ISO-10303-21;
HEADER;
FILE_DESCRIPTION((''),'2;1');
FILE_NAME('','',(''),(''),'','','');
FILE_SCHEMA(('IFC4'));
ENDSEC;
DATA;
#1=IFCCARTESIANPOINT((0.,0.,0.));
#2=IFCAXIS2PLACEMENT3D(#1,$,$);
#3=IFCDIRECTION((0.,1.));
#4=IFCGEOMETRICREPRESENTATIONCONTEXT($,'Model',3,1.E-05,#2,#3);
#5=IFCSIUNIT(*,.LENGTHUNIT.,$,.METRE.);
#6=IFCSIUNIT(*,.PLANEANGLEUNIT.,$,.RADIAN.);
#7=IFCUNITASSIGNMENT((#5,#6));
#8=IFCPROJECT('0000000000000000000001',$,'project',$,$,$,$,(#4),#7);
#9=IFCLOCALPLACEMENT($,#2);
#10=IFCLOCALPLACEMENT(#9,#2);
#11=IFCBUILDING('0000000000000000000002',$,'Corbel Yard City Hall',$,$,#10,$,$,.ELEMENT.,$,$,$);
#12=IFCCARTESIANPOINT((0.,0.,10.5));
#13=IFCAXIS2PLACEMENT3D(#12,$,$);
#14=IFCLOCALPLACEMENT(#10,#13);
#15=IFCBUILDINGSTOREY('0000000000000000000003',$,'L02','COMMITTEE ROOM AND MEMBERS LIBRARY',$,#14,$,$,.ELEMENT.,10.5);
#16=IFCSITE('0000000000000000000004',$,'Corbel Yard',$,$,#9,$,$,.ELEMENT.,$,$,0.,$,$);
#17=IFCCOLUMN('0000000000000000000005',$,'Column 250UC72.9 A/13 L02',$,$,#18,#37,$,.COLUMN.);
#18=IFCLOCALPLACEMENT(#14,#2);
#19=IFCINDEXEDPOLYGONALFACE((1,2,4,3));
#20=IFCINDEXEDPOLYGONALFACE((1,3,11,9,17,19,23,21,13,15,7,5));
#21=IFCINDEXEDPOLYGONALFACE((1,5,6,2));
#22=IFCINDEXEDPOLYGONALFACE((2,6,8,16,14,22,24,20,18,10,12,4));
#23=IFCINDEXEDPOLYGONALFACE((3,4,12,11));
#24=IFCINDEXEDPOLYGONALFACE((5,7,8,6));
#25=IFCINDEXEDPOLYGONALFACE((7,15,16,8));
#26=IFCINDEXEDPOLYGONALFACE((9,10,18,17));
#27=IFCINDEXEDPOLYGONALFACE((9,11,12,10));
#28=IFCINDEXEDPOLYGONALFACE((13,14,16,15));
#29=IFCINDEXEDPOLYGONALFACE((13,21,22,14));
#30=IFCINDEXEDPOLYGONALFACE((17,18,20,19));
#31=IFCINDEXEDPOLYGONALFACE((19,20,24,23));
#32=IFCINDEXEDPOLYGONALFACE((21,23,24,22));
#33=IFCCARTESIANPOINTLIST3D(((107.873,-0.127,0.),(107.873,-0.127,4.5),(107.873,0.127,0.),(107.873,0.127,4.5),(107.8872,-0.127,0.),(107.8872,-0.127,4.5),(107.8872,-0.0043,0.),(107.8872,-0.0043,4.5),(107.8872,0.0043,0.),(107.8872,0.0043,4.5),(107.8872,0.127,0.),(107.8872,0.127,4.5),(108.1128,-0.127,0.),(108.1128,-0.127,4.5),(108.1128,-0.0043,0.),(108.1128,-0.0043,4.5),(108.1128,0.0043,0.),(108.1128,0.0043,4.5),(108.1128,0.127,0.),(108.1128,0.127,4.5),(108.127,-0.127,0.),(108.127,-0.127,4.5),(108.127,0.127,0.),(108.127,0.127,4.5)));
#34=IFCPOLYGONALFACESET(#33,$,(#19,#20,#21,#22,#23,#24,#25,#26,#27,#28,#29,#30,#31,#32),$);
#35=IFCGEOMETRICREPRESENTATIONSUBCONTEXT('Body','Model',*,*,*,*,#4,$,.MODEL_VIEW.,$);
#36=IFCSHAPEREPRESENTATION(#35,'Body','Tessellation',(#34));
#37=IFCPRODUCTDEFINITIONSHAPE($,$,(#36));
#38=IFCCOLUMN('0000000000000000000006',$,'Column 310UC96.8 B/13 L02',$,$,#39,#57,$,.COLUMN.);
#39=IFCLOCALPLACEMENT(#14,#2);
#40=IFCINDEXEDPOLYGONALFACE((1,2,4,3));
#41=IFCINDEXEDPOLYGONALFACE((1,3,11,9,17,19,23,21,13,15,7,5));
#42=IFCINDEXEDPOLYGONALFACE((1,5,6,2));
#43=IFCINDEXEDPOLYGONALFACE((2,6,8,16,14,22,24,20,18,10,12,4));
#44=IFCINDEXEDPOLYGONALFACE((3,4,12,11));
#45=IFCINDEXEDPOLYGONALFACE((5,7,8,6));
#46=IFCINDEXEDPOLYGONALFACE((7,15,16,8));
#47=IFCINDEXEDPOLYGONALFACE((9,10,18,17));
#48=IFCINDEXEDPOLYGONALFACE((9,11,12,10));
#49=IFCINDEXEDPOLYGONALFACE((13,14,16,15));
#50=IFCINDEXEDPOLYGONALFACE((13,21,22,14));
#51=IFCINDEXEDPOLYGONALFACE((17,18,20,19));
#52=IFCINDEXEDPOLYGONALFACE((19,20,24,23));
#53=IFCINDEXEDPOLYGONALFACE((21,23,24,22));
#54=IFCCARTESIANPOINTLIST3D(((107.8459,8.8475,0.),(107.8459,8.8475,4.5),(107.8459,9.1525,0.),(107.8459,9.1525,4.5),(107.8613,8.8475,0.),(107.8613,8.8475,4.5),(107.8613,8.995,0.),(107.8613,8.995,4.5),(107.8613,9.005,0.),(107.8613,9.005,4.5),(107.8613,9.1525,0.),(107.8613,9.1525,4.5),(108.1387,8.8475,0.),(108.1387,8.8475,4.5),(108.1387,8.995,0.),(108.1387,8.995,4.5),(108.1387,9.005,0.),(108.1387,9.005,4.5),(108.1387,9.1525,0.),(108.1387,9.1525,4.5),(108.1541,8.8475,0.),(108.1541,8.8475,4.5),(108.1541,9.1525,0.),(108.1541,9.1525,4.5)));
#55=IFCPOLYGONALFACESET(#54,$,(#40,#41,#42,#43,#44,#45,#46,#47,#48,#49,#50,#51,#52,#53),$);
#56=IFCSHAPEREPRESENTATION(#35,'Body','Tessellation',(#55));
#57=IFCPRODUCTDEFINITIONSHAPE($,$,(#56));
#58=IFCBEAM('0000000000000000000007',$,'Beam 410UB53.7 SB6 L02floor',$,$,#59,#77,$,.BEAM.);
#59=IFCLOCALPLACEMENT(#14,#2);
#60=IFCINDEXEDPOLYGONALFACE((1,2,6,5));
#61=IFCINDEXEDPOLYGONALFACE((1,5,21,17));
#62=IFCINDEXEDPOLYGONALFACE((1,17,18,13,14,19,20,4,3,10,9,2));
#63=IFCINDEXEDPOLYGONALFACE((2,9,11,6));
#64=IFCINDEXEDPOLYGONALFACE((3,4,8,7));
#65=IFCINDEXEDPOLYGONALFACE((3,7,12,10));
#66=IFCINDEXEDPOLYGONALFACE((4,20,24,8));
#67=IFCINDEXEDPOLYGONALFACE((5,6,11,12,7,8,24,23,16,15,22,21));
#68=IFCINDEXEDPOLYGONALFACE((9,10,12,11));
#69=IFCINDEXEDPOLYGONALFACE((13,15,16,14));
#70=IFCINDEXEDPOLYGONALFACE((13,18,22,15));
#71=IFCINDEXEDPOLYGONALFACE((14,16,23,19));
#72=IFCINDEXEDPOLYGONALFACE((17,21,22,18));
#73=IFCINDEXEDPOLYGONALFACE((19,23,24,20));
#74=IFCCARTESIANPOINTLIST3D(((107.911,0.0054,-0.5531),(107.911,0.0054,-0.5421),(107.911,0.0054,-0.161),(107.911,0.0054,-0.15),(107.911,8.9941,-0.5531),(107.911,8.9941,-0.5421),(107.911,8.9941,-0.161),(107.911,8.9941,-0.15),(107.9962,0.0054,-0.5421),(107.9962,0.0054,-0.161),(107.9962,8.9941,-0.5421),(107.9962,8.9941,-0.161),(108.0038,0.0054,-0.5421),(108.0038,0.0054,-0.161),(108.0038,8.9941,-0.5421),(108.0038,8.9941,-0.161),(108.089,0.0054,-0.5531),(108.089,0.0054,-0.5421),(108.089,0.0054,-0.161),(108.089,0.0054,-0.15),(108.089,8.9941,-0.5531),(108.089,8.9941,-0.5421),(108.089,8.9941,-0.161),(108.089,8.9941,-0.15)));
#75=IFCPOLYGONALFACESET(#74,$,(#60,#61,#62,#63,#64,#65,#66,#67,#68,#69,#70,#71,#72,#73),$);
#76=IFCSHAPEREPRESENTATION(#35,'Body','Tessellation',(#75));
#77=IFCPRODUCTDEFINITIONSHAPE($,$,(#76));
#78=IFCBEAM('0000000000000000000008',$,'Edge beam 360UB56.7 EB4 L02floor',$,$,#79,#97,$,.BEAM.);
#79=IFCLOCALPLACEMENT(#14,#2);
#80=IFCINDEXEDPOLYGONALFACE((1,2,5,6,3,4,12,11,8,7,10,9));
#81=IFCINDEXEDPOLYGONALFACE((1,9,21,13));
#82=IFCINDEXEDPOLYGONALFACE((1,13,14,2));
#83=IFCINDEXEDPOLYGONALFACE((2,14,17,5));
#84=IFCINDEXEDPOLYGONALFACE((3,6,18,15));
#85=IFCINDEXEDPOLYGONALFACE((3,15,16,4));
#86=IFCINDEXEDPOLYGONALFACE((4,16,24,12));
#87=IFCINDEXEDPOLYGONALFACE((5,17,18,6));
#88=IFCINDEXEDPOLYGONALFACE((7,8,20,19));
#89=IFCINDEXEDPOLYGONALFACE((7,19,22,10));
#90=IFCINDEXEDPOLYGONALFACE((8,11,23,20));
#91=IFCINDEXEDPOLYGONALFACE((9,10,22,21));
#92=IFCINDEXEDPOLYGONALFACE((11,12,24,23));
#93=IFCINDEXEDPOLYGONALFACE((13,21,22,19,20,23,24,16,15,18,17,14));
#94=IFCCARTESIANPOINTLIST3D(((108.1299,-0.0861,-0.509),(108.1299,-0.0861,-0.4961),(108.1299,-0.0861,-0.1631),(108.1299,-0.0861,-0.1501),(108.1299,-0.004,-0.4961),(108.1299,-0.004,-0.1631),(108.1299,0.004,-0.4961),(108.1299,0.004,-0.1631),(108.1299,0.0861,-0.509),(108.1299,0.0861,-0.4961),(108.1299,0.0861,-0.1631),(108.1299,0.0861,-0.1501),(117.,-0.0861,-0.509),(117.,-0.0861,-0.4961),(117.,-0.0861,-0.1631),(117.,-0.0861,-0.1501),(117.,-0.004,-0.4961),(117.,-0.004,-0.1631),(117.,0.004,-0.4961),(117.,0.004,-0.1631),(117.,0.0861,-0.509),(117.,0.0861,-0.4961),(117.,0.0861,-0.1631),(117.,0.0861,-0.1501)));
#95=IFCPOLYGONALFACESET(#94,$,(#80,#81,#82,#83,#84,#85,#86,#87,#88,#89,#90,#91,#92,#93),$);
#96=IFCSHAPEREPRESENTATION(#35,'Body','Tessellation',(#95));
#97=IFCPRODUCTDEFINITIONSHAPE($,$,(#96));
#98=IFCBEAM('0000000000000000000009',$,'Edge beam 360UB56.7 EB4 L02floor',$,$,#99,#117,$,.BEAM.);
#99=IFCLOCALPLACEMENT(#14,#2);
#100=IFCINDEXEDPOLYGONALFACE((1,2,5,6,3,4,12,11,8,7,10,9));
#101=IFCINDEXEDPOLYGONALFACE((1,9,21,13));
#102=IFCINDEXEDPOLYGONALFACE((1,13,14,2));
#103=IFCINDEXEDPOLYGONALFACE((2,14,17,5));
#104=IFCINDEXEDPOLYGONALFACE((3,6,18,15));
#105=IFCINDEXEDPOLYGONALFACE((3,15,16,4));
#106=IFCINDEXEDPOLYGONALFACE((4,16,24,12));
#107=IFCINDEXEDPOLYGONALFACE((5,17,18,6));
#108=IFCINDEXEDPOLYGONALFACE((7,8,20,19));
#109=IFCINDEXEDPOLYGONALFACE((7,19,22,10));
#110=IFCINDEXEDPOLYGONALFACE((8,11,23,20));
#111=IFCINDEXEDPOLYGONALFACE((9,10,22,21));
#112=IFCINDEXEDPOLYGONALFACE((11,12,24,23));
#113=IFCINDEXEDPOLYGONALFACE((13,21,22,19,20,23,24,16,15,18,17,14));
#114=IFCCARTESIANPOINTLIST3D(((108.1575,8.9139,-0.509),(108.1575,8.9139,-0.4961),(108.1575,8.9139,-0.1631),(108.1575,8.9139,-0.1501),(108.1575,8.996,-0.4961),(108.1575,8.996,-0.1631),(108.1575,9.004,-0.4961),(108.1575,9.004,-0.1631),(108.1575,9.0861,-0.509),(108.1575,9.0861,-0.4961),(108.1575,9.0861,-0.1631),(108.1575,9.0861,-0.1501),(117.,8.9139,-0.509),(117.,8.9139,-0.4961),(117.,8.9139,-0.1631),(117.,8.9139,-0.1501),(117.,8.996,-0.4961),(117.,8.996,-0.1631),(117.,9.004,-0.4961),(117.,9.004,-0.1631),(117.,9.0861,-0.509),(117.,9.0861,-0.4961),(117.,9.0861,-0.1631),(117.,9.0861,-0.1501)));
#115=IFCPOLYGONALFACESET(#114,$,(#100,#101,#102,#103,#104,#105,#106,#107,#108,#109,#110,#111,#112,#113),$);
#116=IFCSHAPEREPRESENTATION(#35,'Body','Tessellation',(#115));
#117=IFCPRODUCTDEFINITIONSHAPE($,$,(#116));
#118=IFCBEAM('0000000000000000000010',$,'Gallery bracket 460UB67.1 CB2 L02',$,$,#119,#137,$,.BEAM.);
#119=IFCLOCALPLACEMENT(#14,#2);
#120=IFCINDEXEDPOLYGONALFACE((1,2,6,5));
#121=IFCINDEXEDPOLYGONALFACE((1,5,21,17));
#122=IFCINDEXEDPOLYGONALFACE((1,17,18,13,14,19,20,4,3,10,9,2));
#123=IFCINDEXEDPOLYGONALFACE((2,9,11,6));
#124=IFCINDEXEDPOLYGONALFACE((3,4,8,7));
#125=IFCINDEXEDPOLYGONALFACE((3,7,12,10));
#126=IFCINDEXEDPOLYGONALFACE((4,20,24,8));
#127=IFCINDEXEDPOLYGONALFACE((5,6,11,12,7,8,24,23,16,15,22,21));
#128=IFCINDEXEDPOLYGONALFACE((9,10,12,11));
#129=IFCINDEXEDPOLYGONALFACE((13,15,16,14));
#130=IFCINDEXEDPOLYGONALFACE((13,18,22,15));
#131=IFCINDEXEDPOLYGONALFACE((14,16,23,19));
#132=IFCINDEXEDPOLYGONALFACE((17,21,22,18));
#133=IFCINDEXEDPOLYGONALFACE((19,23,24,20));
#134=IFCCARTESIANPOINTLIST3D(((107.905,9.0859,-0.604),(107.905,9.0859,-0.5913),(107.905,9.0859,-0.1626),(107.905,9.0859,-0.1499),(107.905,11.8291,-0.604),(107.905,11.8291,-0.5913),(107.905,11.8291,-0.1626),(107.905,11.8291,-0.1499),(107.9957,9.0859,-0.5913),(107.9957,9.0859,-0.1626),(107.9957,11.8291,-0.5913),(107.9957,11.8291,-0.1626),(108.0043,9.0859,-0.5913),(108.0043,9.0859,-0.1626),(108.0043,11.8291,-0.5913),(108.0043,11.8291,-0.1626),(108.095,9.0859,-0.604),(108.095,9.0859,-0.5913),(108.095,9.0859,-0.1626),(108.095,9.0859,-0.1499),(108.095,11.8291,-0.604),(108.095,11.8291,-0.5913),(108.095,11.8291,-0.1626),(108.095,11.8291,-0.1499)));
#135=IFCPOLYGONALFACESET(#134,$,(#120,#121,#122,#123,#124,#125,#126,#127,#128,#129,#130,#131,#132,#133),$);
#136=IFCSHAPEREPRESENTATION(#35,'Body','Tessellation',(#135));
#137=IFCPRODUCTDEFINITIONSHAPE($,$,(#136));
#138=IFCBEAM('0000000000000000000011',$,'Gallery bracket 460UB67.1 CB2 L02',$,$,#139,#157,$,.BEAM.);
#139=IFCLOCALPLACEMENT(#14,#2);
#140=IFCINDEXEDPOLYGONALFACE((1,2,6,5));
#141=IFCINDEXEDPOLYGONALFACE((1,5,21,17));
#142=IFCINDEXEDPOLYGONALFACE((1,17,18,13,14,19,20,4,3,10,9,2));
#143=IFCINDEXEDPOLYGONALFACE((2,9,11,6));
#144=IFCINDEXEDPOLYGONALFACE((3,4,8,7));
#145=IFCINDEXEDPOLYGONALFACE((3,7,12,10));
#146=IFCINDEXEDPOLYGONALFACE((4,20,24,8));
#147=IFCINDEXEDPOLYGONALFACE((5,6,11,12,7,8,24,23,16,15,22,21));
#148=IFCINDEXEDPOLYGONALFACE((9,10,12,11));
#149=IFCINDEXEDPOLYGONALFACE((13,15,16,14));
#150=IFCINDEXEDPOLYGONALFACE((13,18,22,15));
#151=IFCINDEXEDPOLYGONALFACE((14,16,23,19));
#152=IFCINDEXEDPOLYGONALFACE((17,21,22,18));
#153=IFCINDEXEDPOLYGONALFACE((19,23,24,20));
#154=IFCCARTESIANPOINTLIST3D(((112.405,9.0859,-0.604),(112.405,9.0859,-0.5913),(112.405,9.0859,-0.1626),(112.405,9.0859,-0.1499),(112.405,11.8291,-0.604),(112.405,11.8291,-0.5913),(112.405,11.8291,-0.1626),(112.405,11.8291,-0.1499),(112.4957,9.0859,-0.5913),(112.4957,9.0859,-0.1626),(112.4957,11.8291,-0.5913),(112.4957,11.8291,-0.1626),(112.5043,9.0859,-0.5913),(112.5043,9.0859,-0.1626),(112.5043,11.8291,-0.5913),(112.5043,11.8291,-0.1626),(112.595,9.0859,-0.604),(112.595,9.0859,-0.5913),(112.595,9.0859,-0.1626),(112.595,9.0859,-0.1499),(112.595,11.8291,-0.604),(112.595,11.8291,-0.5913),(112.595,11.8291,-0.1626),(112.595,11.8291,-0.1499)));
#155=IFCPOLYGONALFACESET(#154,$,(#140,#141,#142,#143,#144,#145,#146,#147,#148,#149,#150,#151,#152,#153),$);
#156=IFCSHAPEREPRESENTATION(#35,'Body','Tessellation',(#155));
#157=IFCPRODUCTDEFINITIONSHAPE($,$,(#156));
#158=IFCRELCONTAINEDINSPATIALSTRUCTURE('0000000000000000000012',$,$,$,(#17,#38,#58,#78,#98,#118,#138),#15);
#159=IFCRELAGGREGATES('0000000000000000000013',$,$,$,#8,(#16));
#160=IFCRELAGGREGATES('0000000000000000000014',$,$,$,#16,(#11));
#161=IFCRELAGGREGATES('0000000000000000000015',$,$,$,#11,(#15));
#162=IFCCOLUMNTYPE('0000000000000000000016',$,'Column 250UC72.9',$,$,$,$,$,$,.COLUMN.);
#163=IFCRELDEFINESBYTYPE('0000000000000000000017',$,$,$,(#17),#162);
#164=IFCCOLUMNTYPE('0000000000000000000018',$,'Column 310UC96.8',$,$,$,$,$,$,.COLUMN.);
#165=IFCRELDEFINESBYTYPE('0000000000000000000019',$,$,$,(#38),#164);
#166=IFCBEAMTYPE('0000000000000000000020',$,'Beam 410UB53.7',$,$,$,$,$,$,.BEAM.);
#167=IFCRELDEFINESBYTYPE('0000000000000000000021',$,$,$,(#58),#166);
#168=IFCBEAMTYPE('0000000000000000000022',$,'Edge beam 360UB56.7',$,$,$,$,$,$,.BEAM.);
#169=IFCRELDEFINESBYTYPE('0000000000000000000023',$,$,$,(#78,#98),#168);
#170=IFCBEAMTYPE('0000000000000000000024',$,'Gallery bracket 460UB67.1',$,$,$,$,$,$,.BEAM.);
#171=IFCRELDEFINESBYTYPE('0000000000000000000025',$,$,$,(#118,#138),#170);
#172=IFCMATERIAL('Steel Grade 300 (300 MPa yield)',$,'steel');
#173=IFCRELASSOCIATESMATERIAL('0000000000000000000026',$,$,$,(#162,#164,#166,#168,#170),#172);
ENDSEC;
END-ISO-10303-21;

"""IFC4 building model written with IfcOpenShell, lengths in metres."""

from ifc_helpers import new_model, si_unit, direction, frame, origin, origin_2d, place, context, subcontext, project, spatial, i_section, extrude, material, material_profile, profile_set, type_object, element, save


model = new_model("IFC4")

# Units and contexts
model_context = context("Model", 3, precision=1e-05, world=origin(), true_north=direction((0.0, 1.0)))
body_context = subcontext(model_context, "Body", "Model", "MODEL_VIEW")
ifc_project = project(units=[si_unit("LENGTHUNIT", "METRE"), si_unit("PLANEANGLEUNIT", "RADIAN")], contexts=[model_context])

# Site, building, storey
site_placement = place(None, origin())
site = spatial("IfcSite", under=ifc_project, at=site_placement, Name="Corbel Yard", CompositionType="ELEMENT", RefElevation=0.0)
building_placement = place(site_placement, origin())
building = spatial("IfcBuilding", under=site, at=building_placement, Name="Corbel Yard City Hall", CompositionType="ELEMENT")
storey_placement = place(building_placement, frame((0.0, 0.0, 10.5)))
storey = spatial("IfcBuildingStorey", under=building, at=storey_placement, Name="L02", Description="COMMITTEE ROOM AND MEMBERS LIBRARY", CompositionType="ELEMENT", Elevation=10.5)

# Columns
ifc_material_1 = material(Name="Steel Grade 300 (300 MPa yield)", Category="steel")
ifc_material_profile_1 = material_profile(ifc_material_1, i_section(OverallWidth=0.2539, OverallDepth=0.2539, WebThickness=0.0085, FlangeThickness=0.0142, at=origin_2d()), Name="250UC72.9")
ifc_profile_set_1 = profile_set([ifc_material_profile_1], Name="Steel Grade 300 (300 MPa yield)")
column_type_1 = type_object("IfcColumnType", Name="Column 250UC72.9", PredefinedType="COLUMN", material=ifc_profile_set_1)
column_1_placement = place(storey_placement, frame((108.0, 0.0, 0.0), z_axis=(0.0, 0.0, 1.0), x_axis=(0.0, 1.0, 0.0)))
element("IfcColumn", 1, at=column_1_placement, inside=storey, type_object=column_type_1, Name="Column 250UC72.9 A/13 L02", PredefinedType="COLUMN", context=body_context, shape_type="SweptSolid", body=[
    extrude(i_section(OverallWidth=0.2539, OverallDepth=0.2539, WebThickness=0.0085, FlangeThickness=0.0142, at=origin_2d()), origin(), (0.0, 0.0, 1.0), 4.5),
])
ifc_material_profile_2 = material_profile(ifc_material_1, i_section(OverallWidth=0.3049, OverallDepth=0.3081, WebThickness=0.01, FlangeThickness=0.0154, at=origin_2d()), Name="310UC96.8")
ifc_profile_set_2 = profile_set([ifc_material_profile_2], Name="Steel Grade 300 (300 MPa yield)")
column_type_2 = type_object("IfcColumnType", Name="Column 310UC96.8", PredefinedType="COLUMN", material=ifc_profile_set_2)
column_2_placement = place(storey_placement, frame((108.0, 9.0, 0.0), z_axis=(0.0, 0.0, 1.0), x_axis=(0.0, 1.0, 0.0)))
element("IfcColumn", 2, at=column_2_placement, inside=storey, type_object=column_type_2, Name="Column 310UC96.8 B/13 L02", PredefinedType="COLUMN", context=body_context, shape_type="SweptSolid", body=[
    extrude(i_section(OverallWidth=0.3049, OverallDepth=0.3081, WebThickness=0.01, FlangeThickness=0.0154, at=origin_2d()), origin(), (0.0, 0.0, 1.0), 4.5),
])

# Beams
ifc_material_profile_3 = material_profile(ifc_material_1, i_section(OverallWidth=0.178, OverallDepth=0.4031, WebThickness=0.0076, FlangeThickness=0.011, at=origin_2d()), Name="410UB53.7")
ifc_profile_set_3 = profile_set([ifc_material_profile_3], Name="Steel Grade 300 (300 MPa yield)")
beam_type_1 = type_object("IfcBeamType", Name="Beam 410UB53.7", PredefinedType="BEAM", material=ifc_profile_set_3)
beam_1_placement = place(storey_placement, frame((108.0, 0.0054, -0.3516), z_axis=(0.0, 1.0, 0.0), x_axis=(-1.0, 0.0, 0.0)))
element("IfcBeam", 3, at=beam_1_placement, inside=storey, type_object=beam_type_1, Name="Beam 410UB53.7 SB6 L02floor", PredefinedType="BEAM", context=body_context, shape_type="SweptSolid", body=[
    extrude(i_section(OverallWidth=0.178, OverallDepth=0.4031, WebThickness=0.0076, FlangeThickness=0.011, at=origin_2d()), origin(), (0.0, 0.0, 1.0), 8.9888),
])
ifc_material_profile_4 = material_profile(ifc_material_1, i_section(OverallWidth=0.1721, OverallDepth=0.3589, WebThickness=0.0081, FlangeThickness=0.0129, at=origin_2d()), Name="360UB56.7")
ifc_profile_set_4 = profile_set([ifc_material_profile_4], Name="Steel Grade 300 (300 MPa yield)")
beam_type_2 = type_object("IfcBeamType", Name="Edge beam 360UB56.7", PredefinedType="BEAM", material=ifc_profile_set_4)
beam_2_placement = place(storey_placement, frame((108.1299, 0.0, -0.3296), z_axis=(1.0, 0.0, 0.0), x_axis=(0.0, 1.0, 0.0)))
element("IfcBeam", 4, at=beam_2_placement, inside=storey, type_object=beam_type_2, Name="Edge beam 360UB56.7 EB4 L02floor", PredefinedType="BEAM", context=body_context, shape_type="SweptSolid", body=[
    extrude(i_section(OverallWidth=0.1721, OverallDepth=0.3589, WebThickness=0.0081, FlangeThickness=0.0129, at=origin_2d()), origin(), (0.0, 0.0, 1.0), 8.8701),
])
beam_3_placement = place(storey_placement, frame((108.1575, 9.0, -0.3296), z_axis=(1.0, 0.0, 0.0), x_axis=(0.0, 1.0, 0.0)))
element("IfcBeam", 5, at=beam_3_placement, inside=storey, type_object=beam_type_2, Name="Edge beam 360UB56.7 EB4 L02floor", PredefinedType="BEAM", context=body_context, shape_type="SweptSolid", body=[
    extrude(i_section(OverallWidth=0.1721, OverallDepth=0.3589, WebThickness=0.0081, FlangeThickness=0.0129, at=origin_2d()), origin(), (0.0, 0.0, 1.0), 8.8425),
])
ifc_material_profile_5 = material_profile(ifc_material_1, i_section(OverallWidth=0.1899, OverallDepth=0.4541, WebThickness=0.0085, FlangeThickness=0.0127, at=origin_2d()), Name="460UB67.1")
ifc_profile_set_5 = profile_set([ifc_material_profile_5], Name="Steel Grade 300 (300 MPa yield)")
beam_type_3 = type_object("IfcBeamType", Name="Gallery bracket 460UB67.1", PredefinedType="BEAM", material=ifc_profile_set_5)
for number, where, z_axis, x_axis, name in (
    (6, (108.0, 9.0859, -0.377), (0.0, 1.0, 0.0), (-1.0, 0.0, 0.0), "Gallery bracket 460UB67.1 CB2 L02"),
    (7, (112.5, 9.0859, -0.377), (0.0, 1.0, 0.0), (-1.0, 0.0, 0.0), "Gallery bracket 460UB67.1 CB2 L02"),
):
    element("IfcBeam", number, at=place(storey_placement, frame(where, z_axis=z_axis, x_axis=x_axis)), inside=storey, type_object=beam_type_3, Name=name, PredefinedType="BEAM", context=body_context, shape_type="SweptSolid", body=[
        extrude(i_section(OverallWidth=0.1899, OverallDepth=0.4541, WebThickness=0.0085, FlangeThickness=0.0127, at=origin_2d()), origin(), (0.0, 0.0, 1.0), 2.7432),
    ])

save(model, "model.ifc")
